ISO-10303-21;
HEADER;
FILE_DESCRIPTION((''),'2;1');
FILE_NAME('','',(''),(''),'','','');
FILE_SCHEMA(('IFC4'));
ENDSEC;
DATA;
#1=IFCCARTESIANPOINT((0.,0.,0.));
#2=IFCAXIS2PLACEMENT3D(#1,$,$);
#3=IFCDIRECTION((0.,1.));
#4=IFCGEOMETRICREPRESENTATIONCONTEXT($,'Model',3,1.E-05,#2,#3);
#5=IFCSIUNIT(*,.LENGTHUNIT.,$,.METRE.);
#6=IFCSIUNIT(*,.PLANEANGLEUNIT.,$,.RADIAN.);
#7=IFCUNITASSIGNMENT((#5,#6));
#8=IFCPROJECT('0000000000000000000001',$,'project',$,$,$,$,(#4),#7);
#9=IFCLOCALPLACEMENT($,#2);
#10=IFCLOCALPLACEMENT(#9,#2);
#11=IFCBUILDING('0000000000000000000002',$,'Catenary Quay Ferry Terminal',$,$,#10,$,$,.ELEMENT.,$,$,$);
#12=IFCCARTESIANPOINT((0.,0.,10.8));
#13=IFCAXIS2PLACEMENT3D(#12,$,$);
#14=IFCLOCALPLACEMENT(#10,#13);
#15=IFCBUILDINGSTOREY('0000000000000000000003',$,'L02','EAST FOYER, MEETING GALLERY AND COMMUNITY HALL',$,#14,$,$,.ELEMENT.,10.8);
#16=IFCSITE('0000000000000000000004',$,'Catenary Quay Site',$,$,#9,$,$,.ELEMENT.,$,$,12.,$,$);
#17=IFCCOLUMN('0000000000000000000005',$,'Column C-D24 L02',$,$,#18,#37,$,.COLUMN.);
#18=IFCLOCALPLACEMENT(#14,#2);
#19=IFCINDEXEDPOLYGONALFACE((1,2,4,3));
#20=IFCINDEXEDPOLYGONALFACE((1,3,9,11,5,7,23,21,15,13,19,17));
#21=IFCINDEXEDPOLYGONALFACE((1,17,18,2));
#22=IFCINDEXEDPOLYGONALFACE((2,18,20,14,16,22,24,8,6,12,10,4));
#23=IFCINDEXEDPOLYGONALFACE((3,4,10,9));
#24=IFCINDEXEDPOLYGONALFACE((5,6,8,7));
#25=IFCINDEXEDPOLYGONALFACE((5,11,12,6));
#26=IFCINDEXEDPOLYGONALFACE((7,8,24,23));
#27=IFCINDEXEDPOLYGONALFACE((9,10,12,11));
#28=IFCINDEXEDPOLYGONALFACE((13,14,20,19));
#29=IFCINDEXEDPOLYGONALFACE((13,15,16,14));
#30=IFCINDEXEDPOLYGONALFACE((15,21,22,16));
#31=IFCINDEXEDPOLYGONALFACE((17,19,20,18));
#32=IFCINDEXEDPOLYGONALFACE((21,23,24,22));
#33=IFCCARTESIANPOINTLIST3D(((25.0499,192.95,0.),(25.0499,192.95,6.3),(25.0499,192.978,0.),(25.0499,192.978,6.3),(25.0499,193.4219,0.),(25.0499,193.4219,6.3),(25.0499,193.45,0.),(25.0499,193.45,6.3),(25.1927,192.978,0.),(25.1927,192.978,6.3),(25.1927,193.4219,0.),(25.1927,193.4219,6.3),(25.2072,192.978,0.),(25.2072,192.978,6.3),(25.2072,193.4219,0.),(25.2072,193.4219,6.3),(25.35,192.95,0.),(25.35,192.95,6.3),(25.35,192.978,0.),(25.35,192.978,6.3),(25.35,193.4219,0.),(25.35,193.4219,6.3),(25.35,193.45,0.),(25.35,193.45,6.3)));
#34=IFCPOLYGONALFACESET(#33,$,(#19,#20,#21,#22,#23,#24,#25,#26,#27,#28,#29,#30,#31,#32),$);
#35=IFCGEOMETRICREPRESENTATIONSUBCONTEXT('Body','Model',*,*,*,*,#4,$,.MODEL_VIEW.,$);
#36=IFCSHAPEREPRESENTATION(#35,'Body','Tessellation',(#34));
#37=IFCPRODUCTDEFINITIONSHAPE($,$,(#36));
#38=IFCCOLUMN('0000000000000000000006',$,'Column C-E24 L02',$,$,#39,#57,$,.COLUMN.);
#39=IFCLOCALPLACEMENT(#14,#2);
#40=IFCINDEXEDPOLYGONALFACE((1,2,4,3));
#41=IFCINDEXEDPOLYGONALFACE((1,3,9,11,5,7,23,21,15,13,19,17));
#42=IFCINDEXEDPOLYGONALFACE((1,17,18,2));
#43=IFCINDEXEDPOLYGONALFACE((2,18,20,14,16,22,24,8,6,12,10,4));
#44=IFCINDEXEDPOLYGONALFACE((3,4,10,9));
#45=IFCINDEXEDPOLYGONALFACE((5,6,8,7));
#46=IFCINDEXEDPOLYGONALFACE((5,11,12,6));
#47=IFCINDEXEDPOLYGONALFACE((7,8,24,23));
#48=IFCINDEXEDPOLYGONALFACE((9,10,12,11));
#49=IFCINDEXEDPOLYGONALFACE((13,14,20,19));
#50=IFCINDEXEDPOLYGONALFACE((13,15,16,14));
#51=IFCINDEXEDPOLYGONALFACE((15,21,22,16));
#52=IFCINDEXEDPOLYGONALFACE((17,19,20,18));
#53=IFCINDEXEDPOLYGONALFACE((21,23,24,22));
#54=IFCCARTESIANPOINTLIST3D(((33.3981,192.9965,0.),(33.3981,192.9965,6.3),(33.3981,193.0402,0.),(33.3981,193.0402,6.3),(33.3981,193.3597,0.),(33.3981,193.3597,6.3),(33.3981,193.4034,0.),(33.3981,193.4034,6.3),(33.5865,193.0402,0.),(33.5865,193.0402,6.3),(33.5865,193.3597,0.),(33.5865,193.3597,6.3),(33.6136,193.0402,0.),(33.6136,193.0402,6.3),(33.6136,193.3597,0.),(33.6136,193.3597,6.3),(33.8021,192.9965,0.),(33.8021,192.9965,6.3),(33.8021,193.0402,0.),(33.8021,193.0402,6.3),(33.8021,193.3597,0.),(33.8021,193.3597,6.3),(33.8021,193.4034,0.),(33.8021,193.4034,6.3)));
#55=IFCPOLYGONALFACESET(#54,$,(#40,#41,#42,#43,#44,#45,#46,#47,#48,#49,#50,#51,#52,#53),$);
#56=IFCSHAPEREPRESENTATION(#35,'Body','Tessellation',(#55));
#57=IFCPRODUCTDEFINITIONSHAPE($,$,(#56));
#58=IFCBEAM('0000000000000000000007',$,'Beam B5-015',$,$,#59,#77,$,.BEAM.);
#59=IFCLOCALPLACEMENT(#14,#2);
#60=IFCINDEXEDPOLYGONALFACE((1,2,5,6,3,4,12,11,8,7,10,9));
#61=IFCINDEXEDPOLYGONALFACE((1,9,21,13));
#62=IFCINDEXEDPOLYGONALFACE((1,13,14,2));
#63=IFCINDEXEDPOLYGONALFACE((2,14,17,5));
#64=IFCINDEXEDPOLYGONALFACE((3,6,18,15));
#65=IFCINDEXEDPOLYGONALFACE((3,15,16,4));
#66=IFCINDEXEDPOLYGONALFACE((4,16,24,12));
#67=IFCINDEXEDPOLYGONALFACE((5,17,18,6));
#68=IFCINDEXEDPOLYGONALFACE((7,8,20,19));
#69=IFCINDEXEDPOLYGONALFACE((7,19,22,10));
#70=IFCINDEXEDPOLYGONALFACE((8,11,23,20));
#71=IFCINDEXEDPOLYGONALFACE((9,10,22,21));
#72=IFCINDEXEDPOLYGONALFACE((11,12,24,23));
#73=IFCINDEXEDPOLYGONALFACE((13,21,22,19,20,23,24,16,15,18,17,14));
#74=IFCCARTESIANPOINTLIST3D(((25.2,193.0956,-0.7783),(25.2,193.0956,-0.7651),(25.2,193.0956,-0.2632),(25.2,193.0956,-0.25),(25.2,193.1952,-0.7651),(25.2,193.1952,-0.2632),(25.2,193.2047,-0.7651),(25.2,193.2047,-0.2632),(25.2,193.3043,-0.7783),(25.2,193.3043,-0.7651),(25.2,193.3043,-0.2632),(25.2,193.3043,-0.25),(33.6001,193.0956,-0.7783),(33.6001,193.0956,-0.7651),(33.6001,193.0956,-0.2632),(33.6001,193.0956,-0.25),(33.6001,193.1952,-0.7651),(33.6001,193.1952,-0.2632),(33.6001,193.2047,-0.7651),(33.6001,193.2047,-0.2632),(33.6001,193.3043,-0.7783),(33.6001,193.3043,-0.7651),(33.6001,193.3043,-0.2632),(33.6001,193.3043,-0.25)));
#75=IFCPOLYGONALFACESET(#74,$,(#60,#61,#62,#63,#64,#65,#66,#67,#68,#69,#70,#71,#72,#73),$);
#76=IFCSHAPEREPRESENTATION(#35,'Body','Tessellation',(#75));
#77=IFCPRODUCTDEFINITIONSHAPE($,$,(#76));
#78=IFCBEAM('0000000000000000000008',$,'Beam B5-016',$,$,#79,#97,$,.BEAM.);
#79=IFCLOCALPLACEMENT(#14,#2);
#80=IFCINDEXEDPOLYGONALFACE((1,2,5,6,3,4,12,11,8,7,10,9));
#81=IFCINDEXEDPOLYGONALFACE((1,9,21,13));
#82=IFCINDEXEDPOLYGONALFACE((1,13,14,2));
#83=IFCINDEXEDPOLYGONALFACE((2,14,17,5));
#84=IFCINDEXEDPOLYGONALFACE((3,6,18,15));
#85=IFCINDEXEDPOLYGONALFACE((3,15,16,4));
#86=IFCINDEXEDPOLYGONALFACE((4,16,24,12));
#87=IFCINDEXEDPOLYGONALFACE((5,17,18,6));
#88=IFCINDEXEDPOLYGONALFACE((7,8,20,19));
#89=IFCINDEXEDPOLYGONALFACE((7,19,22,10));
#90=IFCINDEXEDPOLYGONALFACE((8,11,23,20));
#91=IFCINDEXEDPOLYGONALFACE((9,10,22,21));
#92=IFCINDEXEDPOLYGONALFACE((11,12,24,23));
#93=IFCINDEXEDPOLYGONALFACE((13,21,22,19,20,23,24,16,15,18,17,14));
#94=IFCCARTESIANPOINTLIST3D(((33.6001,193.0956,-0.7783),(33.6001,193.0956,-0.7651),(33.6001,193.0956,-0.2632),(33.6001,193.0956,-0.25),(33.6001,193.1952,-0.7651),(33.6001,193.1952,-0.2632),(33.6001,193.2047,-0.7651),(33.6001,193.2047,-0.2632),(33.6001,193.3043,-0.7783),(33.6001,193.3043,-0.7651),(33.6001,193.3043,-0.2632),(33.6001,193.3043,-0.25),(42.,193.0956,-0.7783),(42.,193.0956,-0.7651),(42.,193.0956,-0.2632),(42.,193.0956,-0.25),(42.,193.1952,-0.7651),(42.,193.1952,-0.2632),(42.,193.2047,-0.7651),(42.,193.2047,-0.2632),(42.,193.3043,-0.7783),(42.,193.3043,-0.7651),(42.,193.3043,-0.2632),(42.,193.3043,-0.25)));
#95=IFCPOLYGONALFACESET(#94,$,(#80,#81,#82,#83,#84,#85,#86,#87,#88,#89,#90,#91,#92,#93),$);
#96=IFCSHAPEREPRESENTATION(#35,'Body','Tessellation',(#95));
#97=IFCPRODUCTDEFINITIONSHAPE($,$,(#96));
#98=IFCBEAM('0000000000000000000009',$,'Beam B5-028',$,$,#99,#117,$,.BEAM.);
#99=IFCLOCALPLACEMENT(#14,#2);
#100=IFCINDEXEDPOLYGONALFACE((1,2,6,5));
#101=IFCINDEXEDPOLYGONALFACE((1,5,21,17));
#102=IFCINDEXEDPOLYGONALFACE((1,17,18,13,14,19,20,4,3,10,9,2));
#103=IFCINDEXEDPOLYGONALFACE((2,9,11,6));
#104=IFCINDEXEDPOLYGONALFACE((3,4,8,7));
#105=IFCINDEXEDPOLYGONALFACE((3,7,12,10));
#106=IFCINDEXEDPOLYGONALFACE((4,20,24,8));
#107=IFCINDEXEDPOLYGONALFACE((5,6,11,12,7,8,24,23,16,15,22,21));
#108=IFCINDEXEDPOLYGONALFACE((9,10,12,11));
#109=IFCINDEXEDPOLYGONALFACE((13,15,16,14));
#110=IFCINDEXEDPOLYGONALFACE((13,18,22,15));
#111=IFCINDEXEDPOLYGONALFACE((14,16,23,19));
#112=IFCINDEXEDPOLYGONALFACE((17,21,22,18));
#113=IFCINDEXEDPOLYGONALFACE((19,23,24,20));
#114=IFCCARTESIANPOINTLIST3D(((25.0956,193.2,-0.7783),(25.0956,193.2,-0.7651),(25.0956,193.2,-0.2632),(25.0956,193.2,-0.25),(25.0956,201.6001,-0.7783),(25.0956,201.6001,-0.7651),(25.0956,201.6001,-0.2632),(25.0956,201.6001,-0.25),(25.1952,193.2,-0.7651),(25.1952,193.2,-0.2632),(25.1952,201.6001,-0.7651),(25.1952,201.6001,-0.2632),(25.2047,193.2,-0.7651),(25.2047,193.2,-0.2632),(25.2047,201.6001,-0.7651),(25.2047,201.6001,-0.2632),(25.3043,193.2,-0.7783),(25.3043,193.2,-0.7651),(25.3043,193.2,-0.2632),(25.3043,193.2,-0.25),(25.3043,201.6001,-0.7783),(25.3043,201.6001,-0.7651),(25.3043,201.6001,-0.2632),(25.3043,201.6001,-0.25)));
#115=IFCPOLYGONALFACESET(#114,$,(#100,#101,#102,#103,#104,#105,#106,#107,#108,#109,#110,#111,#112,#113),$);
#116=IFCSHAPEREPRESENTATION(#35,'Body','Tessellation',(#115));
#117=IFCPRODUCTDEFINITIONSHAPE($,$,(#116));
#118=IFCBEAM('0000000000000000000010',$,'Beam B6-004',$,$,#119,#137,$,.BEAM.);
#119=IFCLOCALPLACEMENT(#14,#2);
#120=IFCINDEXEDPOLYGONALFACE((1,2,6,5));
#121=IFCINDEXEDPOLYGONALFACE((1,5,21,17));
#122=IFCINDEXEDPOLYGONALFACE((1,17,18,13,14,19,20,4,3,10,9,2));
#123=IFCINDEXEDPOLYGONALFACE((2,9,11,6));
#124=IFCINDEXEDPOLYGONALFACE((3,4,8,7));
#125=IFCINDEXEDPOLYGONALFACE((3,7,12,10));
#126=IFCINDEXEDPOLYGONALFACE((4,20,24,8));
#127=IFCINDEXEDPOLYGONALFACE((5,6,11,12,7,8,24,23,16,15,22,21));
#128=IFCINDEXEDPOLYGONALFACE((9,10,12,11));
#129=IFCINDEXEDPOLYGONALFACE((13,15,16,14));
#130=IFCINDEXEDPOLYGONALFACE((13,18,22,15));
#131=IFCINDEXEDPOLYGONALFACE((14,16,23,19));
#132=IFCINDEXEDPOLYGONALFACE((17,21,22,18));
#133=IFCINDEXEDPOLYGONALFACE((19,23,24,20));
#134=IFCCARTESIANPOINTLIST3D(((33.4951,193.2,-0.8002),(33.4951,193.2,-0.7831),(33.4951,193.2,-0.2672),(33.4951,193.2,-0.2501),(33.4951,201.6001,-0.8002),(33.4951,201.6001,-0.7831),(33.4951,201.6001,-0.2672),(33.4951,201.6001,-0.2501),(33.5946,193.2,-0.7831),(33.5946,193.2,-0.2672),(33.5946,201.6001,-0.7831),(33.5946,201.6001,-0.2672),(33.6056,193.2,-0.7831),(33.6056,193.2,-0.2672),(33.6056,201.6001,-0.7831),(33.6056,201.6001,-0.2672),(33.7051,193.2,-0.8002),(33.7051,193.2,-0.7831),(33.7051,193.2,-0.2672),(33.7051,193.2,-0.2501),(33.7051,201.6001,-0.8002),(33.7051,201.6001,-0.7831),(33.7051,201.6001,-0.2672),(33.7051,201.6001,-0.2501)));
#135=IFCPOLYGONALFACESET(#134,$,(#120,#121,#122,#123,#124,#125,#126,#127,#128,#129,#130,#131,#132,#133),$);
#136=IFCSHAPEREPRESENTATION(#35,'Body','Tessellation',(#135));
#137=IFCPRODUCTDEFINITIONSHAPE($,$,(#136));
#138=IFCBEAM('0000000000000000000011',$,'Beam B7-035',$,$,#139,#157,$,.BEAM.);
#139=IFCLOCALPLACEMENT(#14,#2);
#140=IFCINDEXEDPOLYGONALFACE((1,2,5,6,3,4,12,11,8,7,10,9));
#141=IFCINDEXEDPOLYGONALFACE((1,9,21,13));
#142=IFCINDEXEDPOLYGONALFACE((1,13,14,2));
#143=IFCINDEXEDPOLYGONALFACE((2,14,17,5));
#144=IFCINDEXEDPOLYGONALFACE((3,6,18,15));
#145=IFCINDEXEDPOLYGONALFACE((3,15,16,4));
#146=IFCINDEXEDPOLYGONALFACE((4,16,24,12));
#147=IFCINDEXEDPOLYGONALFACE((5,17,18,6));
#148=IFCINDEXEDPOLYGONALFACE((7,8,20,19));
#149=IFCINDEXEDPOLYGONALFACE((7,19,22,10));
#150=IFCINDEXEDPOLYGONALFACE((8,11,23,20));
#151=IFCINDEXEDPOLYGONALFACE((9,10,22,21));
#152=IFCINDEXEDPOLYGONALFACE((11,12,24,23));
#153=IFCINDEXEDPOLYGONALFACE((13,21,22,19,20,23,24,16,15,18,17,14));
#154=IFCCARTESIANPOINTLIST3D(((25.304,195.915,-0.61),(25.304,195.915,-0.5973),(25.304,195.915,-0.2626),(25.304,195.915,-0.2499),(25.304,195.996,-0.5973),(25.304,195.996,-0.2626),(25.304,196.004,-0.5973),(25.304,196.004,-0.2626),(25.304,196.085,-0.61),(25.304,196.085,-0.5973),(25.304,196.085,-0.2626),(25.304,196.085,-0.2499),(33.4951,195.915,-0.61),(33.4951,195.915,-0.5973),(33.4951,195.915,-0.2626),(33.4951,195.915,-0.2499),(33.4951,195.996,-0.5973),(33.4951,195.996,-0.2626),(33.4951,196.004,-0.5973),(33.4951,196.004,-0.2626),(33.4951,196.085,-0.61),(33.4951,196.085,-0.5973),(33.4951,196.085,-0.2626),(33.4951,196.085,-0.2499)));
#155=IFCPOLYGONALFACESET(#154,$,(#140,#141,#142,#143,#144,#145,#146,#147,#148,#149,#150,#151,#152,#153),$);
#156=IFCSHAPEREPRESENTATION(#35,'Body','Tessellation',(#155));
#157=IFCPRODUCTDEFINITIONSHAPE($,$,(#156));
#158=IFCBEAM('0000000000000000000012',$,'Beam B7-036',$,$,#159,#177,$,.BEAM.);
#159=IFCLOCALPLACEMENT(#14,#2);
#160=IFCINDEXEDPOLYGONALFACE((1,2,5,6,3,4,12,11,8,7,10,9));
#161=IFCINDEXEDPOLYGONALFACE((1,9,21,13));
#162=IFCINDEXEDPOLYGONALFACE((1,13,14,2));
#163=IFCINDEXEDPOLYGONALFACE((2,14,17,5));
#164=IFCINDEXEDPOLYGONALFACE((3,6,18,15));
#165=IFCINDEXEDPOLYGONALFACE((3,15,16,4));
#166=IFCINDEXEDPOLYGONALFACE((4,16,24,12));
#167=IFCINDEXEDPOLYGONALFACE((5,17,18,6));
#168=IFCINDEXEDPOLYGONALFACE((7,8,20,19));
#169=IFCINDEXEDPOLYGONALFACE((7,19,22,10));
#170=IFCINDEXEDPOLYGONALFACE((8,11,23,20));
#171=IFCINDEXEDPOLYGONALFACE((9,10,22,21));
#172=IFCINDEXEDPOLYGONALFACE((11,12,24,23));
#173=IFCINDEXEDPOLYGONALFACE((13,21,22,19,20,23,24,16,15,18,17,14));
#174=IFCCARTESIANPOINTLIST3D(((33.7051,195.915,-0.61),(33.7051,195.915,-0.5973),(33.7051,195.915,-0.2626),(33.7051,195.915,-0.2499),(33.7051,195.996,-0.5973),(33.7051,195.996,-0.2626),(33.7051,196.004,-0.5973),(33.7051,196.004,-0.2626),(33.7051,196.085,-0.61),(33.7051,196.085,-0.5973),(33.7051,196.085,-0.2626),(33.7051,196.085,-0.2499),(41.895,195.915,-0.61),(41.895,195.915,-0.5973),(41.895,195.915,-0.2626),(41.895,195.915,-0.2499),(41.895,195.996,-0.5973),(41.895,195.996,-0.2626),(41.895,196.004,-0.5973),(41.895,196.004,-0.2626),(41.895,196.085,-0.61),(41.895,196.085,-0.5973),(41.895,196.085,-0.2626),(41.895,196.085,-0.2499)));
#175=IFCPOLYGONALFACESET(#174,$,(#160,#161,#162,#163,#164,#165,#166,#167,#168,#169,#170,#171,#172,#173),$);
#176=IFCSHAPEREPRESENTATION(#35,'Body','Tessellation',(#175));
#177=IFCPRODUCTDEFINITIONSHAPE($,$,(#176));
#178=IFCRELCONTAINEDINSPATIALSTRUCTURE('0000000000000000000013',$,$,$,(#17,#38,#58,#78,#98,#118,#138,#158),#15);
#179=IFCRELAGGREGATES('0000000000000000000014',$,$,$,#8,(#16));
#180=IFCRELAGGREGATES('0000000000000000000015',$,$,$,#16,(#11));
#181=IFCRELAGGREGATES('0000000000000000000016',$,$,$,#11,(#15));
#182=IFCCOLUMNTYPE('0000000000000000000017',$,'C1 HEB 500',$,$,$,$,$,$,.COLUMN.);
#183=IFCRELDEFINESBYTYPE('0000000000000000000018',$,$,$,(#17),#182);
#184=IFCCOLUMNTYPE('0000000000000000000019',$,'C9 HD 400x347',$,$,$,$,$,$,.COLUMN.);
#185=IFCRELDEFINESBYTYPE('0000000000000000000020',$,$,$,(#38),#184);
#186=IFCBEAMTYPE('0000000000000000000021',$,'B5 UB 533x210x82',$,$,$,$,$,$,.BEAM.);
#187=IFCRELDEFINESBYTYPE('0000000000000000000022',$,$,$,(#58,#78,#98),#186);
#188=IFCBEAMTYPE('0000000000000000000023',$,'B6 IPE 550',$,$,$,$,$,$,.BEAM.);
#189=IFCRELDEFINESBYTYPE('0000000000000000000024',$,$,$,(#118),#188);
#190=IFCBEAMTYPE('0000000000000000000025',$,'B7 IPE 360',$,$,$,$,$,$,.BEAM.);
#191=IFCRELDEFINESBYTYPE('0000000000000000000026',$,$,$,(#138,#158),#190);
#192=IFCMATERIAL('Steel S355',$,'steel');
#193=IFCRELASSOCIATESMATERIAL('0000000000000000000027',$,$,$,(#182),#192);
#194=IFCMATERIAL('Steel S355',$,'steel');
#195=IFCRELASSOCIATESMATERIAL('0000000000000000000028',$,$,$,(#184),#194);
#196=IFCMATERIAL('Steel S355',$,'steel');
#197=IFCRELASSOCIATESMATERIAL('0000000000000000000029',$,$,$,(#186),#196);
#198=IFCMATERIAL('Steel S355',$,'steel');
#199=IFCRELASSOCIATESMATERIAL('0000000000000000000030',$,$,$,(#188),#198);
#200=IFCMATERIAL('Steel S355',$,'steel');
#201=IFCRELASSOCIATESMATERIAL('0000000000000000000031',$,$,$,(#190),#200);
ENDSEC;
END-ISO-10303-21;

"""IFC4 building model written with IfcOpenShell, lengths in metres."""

from ifc_helpers import new_model, si_unit, direction, frame, origin, origin_2d, place, context, subcontext, project, spatial, i_section, extrude, material, material_profile, profile_set, type_object, element, save


model = new_model("IFC4")

# Units and contexts
model_context = context("Model", 3, precision=1e-05, world=origin(), true_north=direction((0.0, 1.0)))
body_context = subcontext(model_context, "Body", "Model", "MODEL_VIEW")
ifc_project = project(units=[si_unit("LENGTHUNIT", "METRE"), si_unit("PLANEANGLEUNIT", "RADIAN")], contexts=[model_context])

# Site, building, storey
site_placement = place(None, origin())
site = spatial("IfcSite", under=ifc_project, at=site_placement, Name="Catenary Quay Site", CompositionType="ELEMENT", RefElevation=12.0)
building_placement = place(site_placement, origin())
building = spatial("IfcBuilding", under=site, at=building_placement, Name="Catenary Quay Ferry Terminal", CompositionType="ELEMENT")
storey_placement = place(building_placement, frame((0.0, 0.0, 10.8)))
storey = spatial("IfcBuildingStorey", under=building, at=storey_placement, Name="L02", Description="EAST FOYER, MEETING GALLERY AND COMMUNITY HALL", CompositionType="ELEMENT", Elevation=10.8)

# Columns
ifc_material_1 = material(Name="Steel S355", Category="steel")
ifc_material_profile_1 = material_profile(ifc_material_1, i_section(OverallWidth=0.3, OverallDepth=0.5, WebThickness=0.0144, FlangeThickness=0.0281, at=origin_2d()), Name="HEB 500")
ifc_profile_set_1 = profile_set([ifc_material_profile_1], Name="Steel S355")
column_type_1 = type_object("IfcColumnType", Name="C1 HEB 500", PredefinedType="COLUMN", material=ifc_profile_set_1)
column_1_placement = place(storey_placement, frame((25.2, 193.2, 0.0), z_axis=(0.0, 0.0, 1.0), x_axis=(1.0, 0.0, 0.0)))
element("IfcColumn", 1, at=column_1_placement, inside=storey, type_object=column_type_1, Name="Column C-D24 L02", PredefinedType="COLUMN", context=body_context, shape_type="SweptSolid", body=[
    extrude(i_section(OverallWidth=0.3, OverallDepth=0.5, WebThickness=0.0144, FlangeThickness=0.0281, at=origin_2d()), origin(), (0.0, 0.0, 1.0), 6.3),
])
ifc_material_2 = material(Name="Steel S355", Category="steel")
ifc_material_profile_2 = material_profile(ifc_material_2, i_section(OverallWidth=0.4041, OverallDepth=0.407, WebThickness=0.0271, FlangeThickness=0.0437, at=origin_2d()), Name="HD 400x347")
ifc_profile_set_2 = profile_set([ifc_material_profile_2], Name="Steel S355")
column_type_2 = type_object("IfcColumnType", Name="C9 HD 400x347", PredefinedType="COLUMN", material=ifc_profile_set_2)
column_2_placement = place(storey_placement, frame((33.6001, 193.2, 0.0), z_axis=(0.0, 0.0, 1.0), x_axis=(1.0, 0.0, 0.0)))
element("IfcColumn", 2, at=column_2_placement, inside=storey, type_object=column_type_2, Name="Column C-E24 L02", PredefinedType="COLUMN", context=body_context, shape_type="SweptSolid", body=[
    extrude(i_section(OverallWidth=0.4041, OverallDepth=0.407, WebThickness=0.0271, FlangeThickness=0.0437, at=origin_2d()), origin(), (0.0, 0.0, 1.0), 6.3),
])

# Beams
ifc_material_3 = material(Name="Steel S355", Category="steel")
ifc_material_profile_3 = material_profile(ifc_material_3, i_section(OverallWidth=0.2087, OverallDepth=0.5283, WebThickness=0.0095, FlangeThickness=0.0132, at=origin_2d()), Name="UB 533x210x82")
ifc_profile_set_3 = profile_set([ifc_material_profile_3], Name="Steel S355")
beam_type_1 = type_object("IfcBeamType", Name="B5 UB 533x210x82", PredefinedType="BEAM", material=ifc_profile_set_3)
beam_1_placement = place(storey_placement, frame((25.2, 193.2, -0.5142), z_axis=(1.0, 0.0, 0.0), x_axis=(0.0, 1.0, 0.0)))
element("IfcBeam", 3, at=beam_1_placement, inside=storey, type_object=beam_type_1, Name="Beam B5-015", PredefinedType="BEAM", context=body_context, shape_type="SweptSolid", body=[
    extrude(i_section(OverallWidth=0.2087, OverallDepth=0.5283, WebThickness=0.0095, FlangeThickness=0.0132, at=origin_2d()), origin(), (0.0, 0.0, 1.0), 8.4001),
])
beam_2_placement = place(storey_placement, frame((33.6001, 193.2, -0.5142), z_axis=(1.0, 0.0, 0.0), x_axis=(0.0, 1.0, 0.0)))
element("IfcBeam", 4, at=beam_2_placement, inside=storey, type_object=beam_type_1, Name="Beam B5-016", PredefinedType="BEAM", context=body_context, shape_type="SweptSolid", body=[
    extrude(i_section(OverallWidth=0.2087, OverallDepth=0.5283, WebThickness=0.0095, FlangeThickness=0.0132, at=origin_2d()), origin(), (0.0, 0.0, 1.0), 8.3999),
])
beam_3_placement = place(storey_placement, frame((25.2, 193.2, -0.5142), z_axis=(0.0, 1.0, 0.0), x_axis=(-1.0, 0.0, 0.0)))
element("IfcBeam", 5, at=beam_3_placement, inside=storey, type_object=beam_type_1, Name="Beam B5-028", PredefinedType="BEAM", context=body_context, shape_type="SweptSolid", body=[
    extrude(i_section(OverallWidth=0.2087, OverallDepth=0.5283, WebThickness=0.0095, FlangeThickness=0.0132, at=origin_2d()), origin(), (0.0, 0.0, 1.0), 8.4001),
])
ifc_material_4 = material(Name="Steel S355", Category="steel")
ifc_material_profile_4 = material_profile(ifc_material_4, i_section(OverallWidth=0.21, OverallDepth=0.55, WebThickness=0.011, FlangeThickness=0.0171, at=origin_2d()), Name="IPE 550")
ifc_profile_set_4 = profile_set([ifc_material_profile_4], Name="Steel S355")
beam_type_2 = type_object("IfcBeamType", Name="B6 IPE 550", PredefinedType="BEAM", material=ifc_profile_set_4)
beam_4_placement = place(storey_placement, frame((33.6001, 193.2, -0.5251), z_axis=(0.0, 1.0, 0.0), x_axis=(-1.0, 0.0, 0.0)))
element("IfcBeam", 6, at=beam_4_placement, inside=storey, type_object=beam_type_2, Name="Beam B6-004", PredefinedType="BEAM", context=body_context, shape_type="SweptSolid", body=[
    extrude(i_section(OverallWidth=0.21, OverallDepth=0.55, WebThickness=0.011, FlangeThickness=0.0171, at=origin_2d()), origin(), (0.0, 0.0, 1.0), 8.4001),
])
ifc_material_5 = material(Name="Steel S355", Category="steel")
ifc_material_profile_5 = material_profile(ifc_material_5, i_section(OverallWidth=0.1699, OverallDepth=0.3601, WebThickness=0.0081, FlangeThickness=0.0127, at=origin_2d()), Name="IPE 360")
ifc_profile_set_5 = profile_set([ifc_material_profile_5], Name="Steel S355")
beam_type_3 = type_object("IfcBeamType", Name="B7 IPE 360", PredefinedType="BEAM", material=ifc_profile_set_5)
beam_5_placement = place(storey_placement, frame((25.304, 196.0, -0.4299), z_axis=(1.0, 0.0, 0.0), x_axis=(0.0, 1.0, 0.0)))
element("IfcBeam", 7, at=beam_5_placement, inside=storey, type_object=beam_type_3, Name="Beam B7-035", PredefinedType="BEAM", context=body_context, shape_type="SweptSolid", body=[
    extrude(i_section(OverallWidth=0.1699, OverallDepth=0.3601, WebThickness=0.0081, FlangeThickness=0.0127, at=origin_2d()), origin(), (0.0, 0.0, 1.0), 8.1912),
])
beam_6_placement = place(storey_placement, frame((33.7051, 196.0, -0.4299), z_axis=(1.0, 0.0, 0.0), x_axis=(0.0, 1.0, 0.0)))
element("IfcBeam", 8, at=beam_6_placement, inside=storey, type_object=beam_type_3, Name="Beam B7-036", PredefinedType="BEAM", context=body_context, shape_type="SweptSolid", body=[
    extrude(i_section(OverallWidth=0.1699, OverallDepth=0.3601, WebThickness=0.0081, FlangeThickness=0.0127, at=origin_2d()), origin(), (0.0, 0.0, 1.0), 8.1899),
])

save(model, "model.ifc")
